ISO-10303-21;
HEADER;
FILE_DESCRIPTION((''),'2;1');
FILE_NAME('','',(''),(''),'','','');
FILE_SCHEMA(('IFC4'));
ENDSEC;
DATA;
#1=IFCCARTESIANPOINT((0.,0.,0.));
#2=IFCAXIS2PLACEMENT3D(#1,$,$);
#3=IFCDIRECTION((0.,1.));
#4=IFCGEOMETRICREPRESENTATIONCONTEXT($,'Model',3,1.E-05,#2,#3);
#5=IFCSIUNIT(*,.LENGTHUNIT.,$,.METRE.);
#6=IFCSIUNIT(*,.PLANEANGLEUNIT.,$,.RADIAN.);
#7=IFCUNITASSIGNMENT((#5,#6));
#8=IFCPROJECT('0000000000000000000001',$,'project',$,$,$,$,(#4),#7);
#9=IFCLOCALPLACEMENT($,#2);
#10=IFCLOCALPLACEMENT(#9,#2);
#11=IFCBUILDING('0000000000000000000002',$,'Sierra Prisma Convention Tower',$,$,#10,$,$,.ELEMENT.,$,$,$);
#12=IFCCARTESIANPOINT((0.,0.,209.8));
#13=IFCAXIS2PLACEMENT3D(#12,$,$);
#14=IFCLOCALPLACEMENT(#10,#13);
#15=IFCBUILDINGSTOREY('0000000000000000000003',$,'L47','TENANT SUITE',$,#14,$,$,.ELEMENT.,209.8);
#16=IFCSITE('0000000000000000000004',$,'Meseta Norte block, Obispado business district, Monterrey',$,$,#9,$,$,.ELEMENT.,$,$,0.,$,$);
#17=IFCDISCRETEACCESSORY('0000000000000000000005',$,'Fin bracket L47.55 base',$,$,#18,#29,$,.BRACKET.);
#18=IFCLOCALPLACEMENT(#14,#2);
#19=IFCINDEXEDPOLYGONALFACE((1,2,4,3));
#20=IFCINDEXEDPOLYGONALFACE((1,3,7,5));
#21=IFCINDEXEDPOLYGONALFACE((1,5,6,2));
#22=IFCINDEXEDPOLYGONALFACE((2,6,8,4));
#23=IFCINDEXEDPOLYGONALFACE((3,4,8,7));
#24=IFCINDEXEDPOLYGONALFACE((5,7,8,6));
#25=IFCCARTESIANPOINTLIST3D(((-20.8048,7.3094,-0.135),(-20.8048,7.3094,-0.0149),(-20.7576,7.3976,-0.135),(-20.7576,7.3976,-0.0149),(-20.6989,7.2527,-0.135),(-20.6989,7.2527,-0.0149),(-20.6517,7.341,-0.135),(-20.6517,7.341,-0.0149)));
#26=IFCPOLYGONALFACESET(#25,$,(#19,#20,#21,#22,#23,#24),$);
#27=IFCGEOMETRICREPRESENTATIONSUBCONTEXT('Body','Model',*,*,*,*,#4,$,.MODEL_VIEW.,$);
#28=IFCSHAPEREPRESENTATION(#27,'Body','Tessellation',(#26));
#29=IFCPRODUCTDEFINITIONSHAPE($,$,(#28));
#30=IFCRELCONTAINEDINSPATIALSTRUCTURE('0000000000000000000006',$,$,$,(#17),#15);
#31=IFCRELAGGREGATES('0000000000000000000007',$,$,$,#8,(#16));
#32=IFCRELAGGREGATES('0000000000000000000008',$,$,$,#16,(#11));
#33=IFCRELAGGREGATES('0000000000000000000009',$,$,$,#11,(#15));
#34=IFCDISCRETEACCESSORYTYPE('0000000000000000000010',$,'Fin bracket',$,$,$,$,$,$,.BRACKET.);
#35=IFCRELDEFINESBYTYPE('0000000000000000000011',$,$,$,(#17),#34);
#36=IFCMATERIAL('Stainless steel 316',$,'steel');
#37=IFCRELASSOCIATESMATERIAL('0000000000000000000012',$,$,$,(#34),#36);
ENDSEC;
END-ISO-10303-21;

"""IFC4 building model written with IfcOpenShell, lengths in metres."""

from ifc_helpers import new_model, si_unit, direction, frame, origin, origin_2d, place, context, subcontext, project, spatial, rectangle, extrude, material, type_object, element, save


model = new_model("IFC4")

# Units and contexts
model_context = context("Model", 3, precision=1e-05, world=origin(), true_north=direction((0.0, 1.0)))
body_context = subcontext(model_context, "Body", "Model", "MODEL_VIEW")
ifc_project = project(units=[si_unit("LENGTHUNIT", "METRE"), si_unit("PLANEANGLEUNIT", "RADIAN")], contexts=[model_context])

# Site, building, storey
site_placement = place(None, origin())
site = spatial("IfcSite", under=ifc_project, at=site_placement, Name="Meseta Norte block, Obispado business district, Monterrey", CompositionType="ELEMENT", RefElevation=0.0)
building_placement = place(site_placement, origin())
building = spatial("IfcBuilding", under=site, at=building_placement, Name="Sierra Prisma Convention Tower", CompositionType="ELEMENT")
storey_placement = place(building_placement, frame((0.0, 0.0, 209.8)))
storey = spatial("IfcBuildingStorey", under=building, at=storey_placement, Name="L47", Description="TENANT SUITE", CompositionType="ELEMENT", Elevation=209.8)

# Discrete accessory
ifc_material_1 = material(Name="Stainless steel 316", Category="steel")
discrete_accessory_type = type_object("IfcDiscreteAccessoryType", Name="Fin bracket", PredefinedType="BRACKET", material=ifc_material_1)
discrete_accessory_placement = place(storey_placement, frame((-20.7283, 7.3252, -0.135), z_axis=(0.0, 0.0, 1.0), x_axis=(-0.88187, 0.471493, 0.0)))
element("IfcDiscreteAccessory", 1, at=discrete_accessory_placement, inside=storey, type_object=discrete_accessory_type, Name="Fin bracket L47.55 base", PredefinedType="BRACKET", context=body_context, shape_type="SweptSolid", body=[
    extrude(rectangle(XDim=0.1201, YDim=0.1001, at=origin_2d()), origin(), (0.0, 0.0, 1.0), 0.1201),
])

save(model, "model.ifc")
